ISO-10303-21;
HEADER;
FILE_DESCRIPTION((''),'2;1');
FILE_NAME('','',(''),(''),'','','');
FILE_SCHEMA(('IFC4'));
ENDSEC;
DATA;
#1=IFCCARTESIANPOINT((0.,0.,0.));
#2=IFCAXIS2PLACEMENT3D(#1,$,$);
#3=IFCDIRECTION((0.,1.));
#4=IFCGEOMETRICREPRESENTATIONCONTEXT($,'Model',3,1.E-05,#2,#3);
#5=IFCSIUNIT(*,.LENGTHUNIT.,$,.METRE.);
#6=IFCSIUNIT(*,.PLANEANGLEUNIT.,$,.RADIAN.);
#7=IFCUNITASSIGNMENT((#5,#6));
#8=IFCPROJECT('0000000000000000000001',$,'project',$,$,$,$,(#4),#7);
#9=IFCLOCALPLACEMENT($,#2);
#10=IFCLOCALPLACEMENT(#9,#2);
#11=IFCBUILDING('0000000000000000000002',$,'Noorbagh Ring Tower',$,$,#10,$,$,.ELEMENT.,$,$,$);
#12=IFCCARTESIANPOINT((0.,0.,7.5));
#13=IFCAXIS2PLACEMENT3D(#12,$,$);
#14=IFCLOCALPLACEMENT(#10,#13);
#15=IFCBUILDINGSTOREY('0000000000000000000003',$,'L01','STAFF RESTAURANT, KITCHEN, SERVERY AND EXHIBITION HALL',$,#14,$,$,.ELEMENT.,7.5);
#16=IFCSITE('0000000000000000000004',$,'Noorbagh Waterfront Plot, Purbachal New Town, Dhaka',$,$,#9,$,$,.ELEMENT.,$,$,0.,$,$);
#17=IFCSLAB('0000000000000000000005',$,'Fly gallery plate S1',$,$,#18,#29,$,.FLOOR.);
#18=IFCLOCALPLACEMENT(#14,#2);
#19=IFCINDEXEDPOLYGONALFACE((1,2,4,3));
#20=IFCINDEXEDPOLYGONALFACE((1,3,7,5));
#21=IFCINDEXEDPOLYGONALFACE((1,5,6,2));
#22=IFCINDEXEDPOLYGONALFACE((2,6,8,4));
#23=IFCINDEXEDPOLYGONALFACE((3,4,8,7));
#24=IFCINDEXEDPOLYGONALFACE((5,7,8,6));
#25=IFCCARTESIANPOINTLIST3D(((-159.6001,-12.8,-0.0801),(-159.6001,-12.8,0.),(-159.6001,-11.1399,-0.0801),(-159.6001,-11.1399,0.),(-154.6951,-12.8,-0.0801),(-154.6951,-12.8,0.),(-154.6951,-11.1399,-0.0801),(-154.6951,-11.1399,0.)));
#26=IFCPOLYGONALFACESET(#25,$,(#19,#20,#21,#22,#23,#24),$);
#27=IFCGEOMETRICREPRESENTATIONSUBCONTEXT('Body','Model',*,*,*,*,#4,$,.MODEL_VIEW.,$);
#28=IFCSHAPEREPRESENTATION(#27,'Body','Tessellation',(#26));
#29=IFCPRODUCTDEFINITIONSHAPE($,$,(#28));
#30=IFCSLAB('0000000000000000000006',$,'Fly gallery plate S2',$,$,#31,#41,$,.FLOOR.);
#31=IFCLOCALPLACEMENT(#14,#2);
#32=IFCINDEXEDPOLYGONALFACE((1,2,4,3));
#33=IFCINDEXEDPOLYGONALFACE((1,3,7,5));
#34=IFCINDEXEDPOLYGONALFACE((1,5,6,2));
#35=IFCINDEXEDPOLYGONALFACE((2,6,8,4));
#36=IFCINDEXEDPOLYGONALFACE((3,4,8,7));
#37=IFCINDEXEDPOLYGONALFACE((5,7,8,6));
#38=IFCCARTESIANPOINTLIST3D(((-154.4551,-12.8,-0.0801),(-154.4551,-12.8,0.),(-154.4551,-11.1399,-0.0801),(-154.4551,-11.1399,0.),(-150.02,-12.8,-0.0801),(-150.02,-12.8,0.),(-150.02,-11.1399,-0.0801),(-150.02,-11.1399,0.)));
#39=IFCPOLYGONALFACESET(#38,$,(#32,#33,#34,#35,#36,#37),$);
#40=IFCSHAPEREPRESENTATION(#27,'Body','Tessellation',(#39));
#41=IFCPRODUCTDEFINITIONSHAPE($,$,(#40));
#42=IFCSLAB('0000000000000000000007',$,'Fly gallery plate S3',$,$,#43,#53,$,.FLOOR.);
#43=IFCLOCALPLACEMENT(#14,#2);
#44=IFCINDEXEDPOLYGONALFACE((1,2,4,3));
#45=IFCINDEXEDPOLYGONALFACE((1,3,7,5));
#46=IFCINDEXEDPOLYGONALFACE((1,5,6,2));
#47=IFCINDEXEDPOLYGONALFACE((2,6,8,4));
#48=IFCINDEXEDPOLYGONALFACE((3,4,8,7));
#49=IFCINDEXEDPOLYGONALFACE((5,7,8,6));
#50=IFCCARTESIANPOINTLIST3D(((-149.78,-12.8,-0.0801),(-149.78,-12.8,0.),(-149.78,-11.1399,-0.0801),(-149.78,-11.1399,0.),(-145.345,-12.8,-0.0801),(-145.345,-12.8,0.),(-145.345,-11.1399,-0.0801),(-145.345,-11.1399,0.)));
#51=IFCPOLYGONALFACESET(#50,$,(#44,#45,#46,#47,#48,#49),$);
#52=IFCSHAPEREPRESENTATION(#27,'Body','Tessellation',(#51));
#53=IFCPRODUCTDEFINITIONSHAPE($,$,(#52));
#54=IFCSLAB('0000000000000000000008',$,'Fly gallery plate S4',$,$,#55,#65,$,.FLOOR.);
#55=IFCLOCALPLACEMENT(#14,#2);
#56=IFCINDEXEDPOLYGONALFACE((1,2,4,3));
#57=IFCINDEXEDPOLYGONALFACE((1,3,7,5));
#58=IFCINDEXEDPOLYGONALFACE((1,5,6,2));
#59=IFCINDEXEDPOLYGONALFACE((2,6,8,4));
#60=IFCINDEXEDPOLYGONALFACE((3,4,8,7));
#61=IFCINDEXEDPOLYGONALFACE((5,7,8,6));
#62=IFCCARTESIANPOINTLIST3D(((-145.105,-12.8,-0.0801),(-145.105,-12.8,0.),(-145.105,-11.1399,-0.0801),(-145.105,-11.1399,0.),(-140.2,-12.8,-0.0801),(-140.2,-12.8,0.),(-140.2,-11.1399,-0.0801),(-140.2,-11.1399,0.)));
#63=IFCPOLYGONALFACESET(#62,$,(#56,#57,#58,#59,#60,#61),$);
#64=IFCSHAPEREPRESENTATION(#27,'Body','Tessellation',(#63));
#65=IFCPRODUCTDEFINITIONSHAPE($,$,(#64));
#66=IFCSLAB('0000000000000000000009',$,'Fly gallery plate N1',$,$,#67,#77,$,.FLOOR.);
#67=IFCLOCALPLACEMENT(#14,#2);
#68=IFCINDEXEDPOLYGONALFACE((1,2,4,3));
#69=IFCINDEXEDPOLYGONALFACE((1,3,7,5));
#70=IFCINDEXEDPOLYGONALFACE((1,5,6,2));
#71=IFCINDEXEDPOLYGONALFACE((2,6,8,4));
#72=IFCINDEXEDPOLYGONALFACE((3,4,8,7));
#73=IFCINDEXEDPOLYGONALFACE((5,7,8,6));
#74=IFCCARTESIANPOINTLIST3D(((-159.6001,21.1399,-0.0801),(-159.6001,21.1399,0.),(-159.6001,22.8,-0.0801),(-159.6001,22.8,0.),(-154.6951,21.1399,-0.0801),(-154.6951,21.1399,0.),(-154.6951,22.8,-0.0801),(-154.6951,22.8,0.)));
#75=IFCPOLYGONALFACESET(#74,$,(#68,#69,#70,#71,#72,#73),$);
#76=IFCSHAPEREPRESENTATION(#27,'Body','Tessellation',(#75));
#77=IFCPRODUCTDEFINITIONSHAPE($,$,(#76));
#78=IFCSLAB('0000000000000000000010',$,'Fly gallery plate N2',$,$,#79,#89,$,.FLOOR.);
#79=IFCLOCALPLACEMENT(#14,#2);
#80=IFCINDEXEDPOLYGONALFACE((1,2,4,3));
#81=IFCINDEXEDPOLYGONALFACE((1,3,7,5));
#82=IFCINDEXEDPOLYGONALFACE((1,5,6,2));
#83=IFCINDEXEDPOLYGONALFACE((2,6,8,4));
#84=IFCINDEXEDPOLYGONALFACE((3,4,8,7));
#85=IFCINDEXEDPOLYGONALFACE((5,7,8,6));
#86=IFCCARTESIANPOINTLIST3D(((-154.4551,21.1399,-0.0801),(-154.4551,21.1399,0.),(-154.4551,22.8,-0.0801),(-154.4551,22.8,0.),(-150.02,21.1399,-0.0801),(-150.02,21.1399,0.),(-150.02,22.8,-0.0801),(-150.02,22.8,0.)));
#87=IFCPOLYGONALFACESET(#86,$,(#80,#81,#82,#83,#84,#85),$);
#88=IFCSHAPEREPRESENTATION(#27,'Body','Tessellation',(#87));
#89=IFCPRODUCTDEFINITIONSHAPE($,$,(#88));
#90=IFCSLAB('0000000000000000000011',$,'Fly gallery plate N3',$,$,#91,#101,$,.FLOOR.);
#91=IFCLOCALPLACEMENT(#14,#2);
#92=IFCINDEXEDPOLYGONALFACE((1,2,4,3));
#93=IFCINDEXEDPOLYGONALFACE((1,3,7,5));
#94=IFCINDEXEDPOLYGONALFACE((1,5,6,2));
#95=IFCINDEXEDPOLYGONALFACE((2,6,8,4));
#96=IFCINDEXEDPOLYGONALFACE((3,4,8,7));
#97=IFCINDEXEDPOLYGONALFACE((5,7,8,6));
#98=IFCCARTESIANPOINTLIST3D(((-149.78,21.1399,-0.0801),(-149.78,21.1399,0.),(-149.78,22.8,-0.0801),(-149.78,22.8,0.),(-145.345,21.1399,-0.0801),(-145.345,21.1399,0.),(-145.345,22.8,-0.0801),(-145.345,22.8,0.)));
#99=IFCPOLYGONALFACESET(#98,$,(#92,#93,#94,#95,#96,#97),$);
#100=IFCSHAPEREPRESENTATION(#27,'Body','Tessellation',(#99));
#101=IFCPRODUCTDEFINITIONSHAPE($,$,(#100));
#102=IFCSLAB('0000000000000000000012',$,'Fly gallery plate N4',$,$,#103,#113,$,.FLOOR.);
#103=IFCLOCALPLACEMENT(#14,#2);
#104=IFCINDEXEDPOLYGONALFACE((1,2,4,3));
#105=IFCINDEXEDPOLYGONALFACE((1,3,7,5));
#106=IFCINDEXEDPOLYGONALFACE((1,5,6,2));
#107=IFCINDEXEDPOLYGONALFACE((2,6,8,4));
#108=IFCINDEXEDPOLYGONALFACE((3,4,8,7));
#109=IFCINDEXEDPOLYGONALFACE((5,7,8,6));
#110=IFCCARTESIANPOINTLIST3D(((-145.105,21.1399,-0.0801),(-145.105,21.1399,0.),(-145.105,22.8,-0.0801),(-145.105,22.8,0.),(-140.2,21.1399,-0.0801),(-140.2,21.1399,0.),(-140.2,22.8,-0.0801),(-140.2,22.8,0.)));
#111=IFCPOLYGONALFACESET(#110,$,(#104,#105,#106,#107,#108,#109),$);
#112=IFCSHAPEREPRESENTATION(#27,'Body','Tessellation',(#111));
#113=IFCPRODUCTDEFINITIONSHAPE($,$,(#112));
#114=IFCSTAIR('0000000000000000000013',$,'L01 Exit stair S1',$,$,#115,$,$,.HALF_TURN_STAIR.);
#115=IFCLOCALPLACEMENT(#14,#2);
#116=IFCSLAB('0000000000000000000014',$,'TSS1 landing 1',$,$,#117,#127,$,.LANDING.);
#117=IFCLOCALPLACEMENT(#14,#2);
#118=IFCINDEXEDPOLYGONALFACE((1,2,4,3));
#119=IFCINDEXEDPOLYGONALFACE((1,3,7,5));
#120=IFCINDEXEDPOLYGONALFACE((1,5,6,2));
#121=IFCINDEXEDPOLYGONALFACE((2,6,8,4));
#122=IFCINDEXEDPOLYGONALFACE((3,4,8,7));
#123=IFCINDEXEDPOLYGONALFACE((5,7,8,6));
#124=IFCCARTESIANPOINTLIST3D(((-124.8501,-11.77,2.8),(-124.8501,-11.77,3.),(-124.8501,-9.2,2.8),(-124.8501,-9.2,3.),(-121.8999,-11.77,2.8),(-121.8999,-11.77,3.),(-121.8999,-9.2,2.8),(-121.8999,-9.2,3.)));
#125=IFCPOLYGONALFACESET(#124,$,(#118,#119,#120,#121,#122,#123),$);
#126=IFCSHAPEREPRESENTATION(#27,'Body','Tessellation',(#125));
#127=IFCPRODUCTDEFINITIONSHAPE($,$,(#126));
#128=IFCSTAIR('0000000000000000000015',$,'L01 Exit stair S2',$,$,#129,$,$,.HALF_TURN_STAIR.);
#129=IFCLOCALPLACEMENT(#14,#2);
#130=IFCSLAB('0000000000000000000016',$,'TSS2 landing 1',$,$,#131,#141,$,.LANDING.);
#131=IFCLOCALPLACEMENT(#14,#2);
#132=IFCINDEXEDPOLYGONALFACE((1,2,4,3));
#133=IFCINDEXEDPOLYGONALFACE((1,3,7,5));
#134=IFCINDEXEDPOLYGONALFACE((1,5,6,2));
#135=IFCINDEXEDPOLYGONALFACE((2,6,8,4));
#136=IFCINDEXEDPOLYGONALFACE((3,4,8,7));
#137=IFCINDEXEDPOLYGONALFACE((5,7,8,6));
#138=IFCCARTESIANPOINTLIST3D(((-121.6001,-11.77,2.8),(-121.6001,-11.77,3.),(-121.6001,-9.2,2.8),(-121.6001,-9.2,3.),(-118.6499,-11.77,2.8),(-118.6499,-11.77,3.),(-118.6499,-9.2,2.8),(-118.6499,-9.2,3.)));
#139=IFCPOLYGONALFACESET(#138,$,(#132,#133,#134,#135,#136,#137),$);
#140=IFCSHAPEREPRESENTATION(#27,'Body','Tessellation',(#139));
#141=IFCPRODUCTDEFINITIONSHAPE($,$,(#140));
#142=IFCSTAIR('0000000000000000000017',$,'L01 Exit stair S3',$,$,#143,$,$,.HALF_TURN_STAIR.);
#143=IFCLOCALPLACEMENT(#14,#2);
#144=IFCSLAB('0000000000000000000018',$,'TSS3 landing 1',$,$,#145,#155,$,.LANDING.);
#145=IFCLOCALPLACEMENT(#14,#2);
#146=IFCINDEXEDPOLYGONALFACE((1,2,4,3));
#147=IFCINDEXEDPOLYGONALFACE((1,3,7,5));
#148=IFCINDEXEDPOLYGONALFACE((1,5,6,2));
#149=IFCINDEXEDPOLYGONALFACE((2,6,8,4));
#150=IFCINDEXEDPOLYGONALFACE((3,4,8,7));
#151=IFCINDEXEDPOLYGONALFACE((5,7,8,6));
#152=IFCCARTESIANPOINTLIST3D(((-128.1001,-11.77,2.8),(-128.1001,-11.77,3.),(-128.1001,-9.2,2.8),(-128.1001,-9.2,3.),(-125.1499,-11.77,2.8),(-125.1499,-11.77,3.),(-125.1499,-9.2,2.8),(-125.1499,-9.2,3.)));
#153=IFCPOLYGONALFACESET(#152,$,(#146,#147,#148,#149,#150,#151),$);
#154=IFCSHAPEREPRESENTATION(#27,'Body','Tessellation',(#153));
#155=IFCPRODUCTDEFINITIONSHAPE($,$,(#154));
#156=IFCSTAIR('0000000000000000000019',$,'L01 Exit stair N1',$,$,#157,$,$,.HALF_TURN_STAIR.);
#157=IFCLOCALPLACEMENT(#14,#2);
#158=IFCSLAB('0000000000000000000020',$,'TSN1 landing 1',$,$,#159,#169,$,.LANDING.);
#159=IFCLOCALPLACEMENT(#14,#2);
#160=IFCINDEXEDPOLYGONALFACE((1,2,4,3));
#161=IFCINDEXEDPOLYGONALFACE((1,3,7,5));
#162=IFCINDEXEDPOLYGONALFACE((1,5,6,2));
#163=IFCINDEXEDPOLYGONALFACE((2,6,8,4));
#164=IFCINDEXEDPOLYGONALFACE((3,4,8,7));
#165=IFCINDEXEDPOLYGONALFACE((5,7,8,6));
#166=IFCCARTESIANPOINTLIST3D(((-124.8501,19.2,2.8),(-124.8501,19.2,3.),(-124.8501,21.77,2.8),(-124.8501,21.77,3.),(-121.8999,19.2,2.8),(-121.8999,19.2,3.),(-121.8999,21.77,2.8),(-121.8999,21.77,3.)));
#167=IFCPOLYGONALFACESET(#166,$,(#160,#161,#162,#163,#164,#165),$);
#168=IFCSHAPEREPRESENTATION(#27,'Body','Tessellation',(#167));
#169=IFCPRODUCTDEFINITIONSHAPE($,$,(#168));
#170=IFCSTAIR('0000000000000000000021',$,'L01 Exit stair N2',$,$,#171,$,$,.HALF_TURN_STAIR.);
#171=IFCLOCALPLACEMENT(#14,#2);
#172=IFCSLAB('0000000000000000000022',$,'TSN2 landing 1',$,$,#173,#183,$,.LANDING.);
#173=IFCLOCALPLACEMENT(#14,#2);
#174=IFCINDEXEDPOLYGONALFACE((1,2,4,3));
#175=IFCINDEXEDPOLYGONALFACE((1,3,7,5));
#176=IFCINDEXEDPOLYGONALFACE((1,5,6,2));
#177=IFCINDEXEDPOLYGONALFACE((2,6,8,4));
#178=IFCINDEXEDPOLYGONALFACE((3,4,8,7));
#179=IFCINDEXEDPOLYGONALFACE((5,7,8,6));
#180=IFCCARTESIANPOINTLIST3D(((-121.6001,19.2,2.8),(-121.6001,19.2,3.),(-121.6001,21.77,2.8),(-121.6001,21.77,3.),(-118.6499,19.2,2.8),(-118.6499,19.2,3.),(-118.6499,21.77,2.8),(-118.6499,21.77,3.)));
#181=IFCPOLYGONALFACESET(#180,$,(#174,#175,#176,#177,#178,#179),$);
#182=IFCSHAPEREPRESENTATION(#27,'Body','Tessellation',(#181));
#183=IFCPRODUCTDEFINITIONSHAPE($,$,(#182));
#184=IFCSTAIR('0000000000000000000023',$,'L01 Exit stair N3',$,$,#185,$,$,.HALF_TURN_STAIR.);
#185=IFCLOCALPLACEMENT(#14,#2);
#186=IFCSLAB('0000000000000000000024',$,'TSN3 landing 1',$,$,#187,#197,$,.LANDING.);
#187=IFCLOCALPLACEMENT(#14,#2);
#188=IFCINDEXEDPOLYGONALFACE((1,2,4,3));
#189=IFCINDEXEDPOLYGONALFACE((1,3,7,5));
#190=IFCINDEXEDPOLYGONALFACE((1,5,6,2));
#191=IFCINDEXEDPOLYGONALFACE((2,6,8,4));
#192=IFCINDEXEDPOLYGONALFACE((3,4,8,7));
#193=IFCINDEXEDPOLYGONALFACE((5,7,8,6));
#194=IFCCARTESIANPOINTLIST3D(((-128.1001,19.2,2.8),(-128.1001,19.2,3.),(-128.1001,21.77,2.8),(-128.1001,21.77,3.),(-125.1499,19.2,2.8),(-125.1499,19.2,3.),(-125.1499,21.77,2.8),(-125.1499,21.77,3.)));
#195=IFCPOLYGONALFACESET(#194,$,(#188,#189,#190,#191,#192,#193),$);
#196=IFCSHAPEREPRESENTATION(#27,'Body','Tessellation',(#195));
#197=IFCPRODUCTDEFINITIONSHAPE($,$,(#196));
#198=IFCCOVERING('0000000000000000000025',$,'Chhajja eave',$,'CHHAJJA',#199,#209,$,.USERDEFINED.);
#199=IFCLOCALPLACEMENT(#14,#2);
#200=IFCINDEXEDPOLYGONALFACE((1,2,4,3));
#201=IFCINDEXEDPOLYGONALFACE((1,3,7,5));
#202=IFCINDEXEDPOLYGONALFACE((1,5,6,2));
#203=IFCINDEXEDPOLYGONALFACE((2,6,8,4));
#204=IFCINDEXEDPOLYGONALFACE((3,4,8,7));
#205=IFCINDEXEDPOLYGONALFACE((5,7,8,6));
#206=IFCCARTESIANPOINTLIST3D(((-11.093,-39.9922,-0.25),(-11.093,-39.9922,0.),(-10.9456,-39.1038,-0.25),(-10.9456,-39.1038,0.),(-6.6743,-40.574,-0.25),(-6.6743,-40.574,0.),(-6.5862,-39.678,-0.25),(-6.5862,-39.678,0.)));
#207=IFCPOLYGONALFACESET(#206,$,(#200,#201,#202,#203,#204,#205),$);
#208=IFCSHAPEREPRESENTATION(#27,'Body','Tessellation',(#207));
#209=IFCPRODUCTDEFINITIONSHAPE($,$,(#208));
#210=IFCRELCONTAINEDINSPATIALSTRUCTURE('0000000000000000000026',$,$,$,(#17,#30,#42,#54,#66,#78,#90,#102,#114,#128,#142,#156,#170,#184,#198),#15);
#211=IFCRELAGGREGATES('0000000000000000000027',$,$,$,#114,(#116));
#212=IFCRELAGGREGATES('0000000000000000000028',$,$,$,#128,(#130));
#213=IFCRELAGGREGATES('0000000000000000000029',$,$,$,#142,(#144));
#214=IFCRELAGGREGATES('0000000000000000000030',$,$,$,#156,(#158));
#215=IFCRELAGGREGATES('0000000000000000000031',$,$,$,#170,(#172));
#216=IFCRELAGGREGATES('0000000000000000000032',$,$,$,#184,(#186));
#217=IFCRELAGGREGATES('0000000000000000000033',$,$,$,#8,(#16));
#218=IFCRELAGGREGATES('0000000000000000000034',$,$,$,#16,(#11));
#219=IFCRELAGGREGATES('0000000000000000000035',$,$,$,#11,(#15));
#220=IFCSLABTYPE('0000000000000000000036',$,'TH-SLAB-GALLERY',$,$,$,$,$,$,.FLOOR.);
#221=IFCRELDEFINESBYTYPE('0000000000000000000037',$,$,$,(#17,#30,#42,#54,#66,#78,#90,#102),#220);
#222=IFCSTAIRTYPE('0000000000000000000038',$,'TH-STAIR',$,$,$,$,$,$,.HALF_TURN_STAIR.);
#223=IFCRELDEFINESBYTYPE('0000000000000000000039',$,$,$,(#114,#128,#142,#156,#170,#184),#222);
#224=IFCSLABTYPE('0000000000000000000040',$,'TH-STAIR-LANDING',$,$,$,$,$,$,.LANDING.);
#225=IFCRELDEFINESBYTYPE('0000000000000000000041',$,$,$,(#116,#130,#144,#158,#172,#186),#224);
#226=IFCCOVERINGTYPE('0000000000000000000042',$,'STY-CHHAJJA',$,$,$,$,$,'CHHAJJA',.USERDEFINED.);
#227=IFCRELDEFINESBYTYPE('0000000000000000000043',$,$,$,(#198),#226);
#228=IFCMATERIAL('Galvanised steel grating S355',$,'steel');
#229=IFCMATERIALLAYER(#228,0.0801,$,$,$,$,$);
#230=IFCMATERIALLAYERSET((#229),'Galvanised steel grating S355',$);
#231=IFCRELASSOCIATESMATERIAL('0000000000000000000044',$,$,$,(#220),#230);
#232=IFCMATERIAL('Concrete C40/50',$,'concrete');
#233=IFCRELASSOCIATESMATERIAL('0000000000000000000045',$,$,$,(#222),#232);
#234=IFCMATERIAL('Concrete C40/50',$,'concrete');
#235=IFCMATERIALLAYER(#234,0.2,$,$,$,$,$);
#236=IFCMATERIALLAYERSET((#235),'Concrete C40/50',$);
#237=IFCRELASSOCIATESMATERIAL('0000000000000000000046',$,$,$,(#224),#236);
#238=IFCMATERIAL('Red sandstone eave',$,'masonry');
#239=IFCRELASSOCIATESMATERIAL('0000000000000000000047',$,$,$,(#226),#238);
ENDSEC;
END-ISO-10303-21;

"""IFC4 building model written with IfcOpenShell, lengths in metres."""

from ifc_helpers import new_model, si_unit, direction, frame, origin, place, context, subcontext, project, spatial, polyline, outline, extrude, material, layer, layer_set, type_object, element, aggregate, save


model = new_model("IFC4")

# Units and contexts
model_context = context("Model", 3, precision=1e-05, world=origin(), true_north=direction((0.0, 1.0)))
body_context = subcontext(model_context, "Body", "Model", "MODEL_VIEW")
ifc_project = project(units=[si_unit("LENGTHUNIT", "METRE"), si_unit("PLANEANGLEUNIT", "RADIAN")], contexts=[model_context])

# Site, building, storey
site_placement = place(None, origin())
site = spatial("IfcSite", under=ifc_project, at=site_placement, Name="Noorbagh Waterfront Plot, Purbachal New Town, Dhaka", CompositionType="ELEMENT", RefElevation=0.0)
building_placement = place(site_placement, origin())
building = spatial("IfcBuilding", under=site, at=building_placement, Name="Noorbagh Ring Tower", CompositionType="ELEMENT")
storey_placement = place(building_placement, frame((0.0, 0.0, 7.5)))
storey = spatial("IfcBuildingStorey", under=building, at=storey_placement, Name="L01", Description="STAFF RESTAURANT, KITCHEN, SERVERY AND EXHIBITION HALL", CompositionType="ELEMENT", Elevation=7.5)

# Slabs
ifc_material_1 = material(Name="Galvanised steel grating S355", Category="steel")
ifc_layer_1 = layer(ifc_material_1, 0.0801)
ifc_layer_set_1 = layer_set([ifc_layer_1], Name="Galvanised steel grating S355")
slab_type_1 = type_object("IfcSlabType", Name="TH-SLAB-GALLERY", PredefinedType="FLOOR", material=ifc_layer_set_1)
slab_1_placement = place(storey_placement, frame((0.0, 0.0, -0.0801)))
element("IfcSlab", 1, at=slab_1_placement, inside=storey, type_object=slab_type_1, Name="Fly gallery plate S1", PredefinedType="FLOOR", context=body_context, shape_type="SweptSolid", body=[
    extrude(outline(polyline([(-159.6001, -12.8), (-154.6951, -12.8), (-154.6951, -11.1399), (-159.6001, -11.1399), (-159.6001, -12.8)])), origin(), (0.0, 0.0, 1.0), 0.0801),
])
slab_2_placement = place(storey_placement, frame((0.0, 0.0, -0.0801)))
element("IfcSlab", 2, at=slab_2_placement, inside=storey, type_object=slab_type_1, Name="Fly gallery plate S2", PredefinedType="FLOOR", context=body_context, shape_type="SweptSolid", body=[
    extrude(outline(polyline([(-154.4551, -12.8), (-150.02, -12.8), (-150.02, -11.1399), (-154.4551, -11.1399), (-154.4551, -12.8)])), origin(), (0.0, 0.0, 1.0), 0.0801),
])
slab_3_placement = place(storey_placement, frame((0.0, 0.0, -0.0801)))
element("IfcSlab", 3, at=slab_3_placement, inside=storey, type_object=slab_type_1, Name="Fly gallery plate S3", PredefinedType="FLOOR", context=body_context, shape_type="SweptSolid", body=[
    extrude(outline(polyline([(-149.78, -12.8), (-145.345, -12.8), (-145.345, -11.1399), (-149.78, -11.1399), (-149.78, -12.8)])), origin(), (0.0, 0.0, 1.0), 0.0801),
])
slab_4_placement = place(storey_placement, frame((0.0, 0.0, -0.0801)))
element("IfcSlab", 4, at=slab_4_placement, inside=storey, type_object=slab_type_1, Name="Fly gallery plate S4", PredefinedType="FLOOR", context=body_context, shape_type="SweptSolid", body=[
    extrude(outline(polyline([(-145.105, -12.8), (-140.2, -12.8), (-140.2, -11.1399), (-145.105, -11.1399), (-145.105, -12.8)])), origin(), (0.0, 0.0, 1.0), 0.0801),
])
slab_5_placement = place(storey_placement, frame((0.0, 0.0, -0.0801)))
element("IfcSlab", 5, at=slab_5_placement, inside=storey, type_object=slab_type_1, Name="Fly gallery plate N1", PredefinedType="FLOOR", context=body_context, shape_type="SweptSolid", body=[
    extrude(outline(polyline([(-159.6001, 21.1399), (-154.6951, 21.1399), (-154.6951, 22.8), (-159.6001, 22.8), (-159.6001, 21.1399)])), origin(), (0.0, 0.0, 1.0), 0.0801),
])
slab_6_placement = place(storey_placement, frame((0.0, 0.0, -0.0801)))
element("IfcSlab", 6, at=slab_6_placement, inside=storey, type_object=slab_type_1, Name="Fly gallery plate N2", PredefinedType="FLOOR", context=body_context, shape_type="SweptSolid", body=[
    extrude(outline(polyline([(-154.4551, 21.1399), (-150.02, 21.1399), (-150.02, 22.8), (-154.4551, 22.8), (-154.4551, 21.1399)])), origin(), (0.0, 0.0, 1.0), 0.0801),
])
slab_7_placement = place(storey_placement, frame((0.0, 0.0, -0.0801)))
element("IfcSlab", 7, at=slab_7_placement, inside=storey, type_object=slab_type_1, Name="Fly gallery plate N3", PredefinedType="FLOOR", context=body_context, shape_type="SweptSolid", body=[
    extrude(outline(polyline([(-149.78, 21.1399), (-145.345, 21.1399), (-145.345, 22.8), (-149.78, 22.8), (-149.78, 21.1399)])), origin(), (0.0, 0.0, 1.0), 0.0801),
])
slab_8_placement = place(storey_placement, frame((0.0, 0.0, -0.0801)))
element("IfcSlab", 8, at=slab_8_placement, inside=storey, type_object=slab_type_1, Name="Fly gallery plate N4", PredefinedType="FLOOR", context=body_context, shape_type="SweptSolid", body=[
    extrude(outline(polyline([(-145.105, 21.1399), (-140.2, 21.1399), (-140.2, 22.8), (-145.105, 22.8), (-145.105, 21.1399)])), origin(), (0.0, 0.0, 1.0), 0.0801),
])

# Stairs, slabs
ifc_material_2 = material(Name="Concrete C40/50", Category="concrete")
stair_type = type_object("IfcStairType", Name="TH-STAIR", PredefinedType="HALF_TURN_STAIR", material=ifc_material_2)
stair_1_placement = place(storey_placement, origin())
stair_1 = element("IfcStair", 9, at=stair_1_placement, inside=storey, type_object=stair_type, Name="L01 Exit stair S1", PredefinedType="HALF_TURN_STAIR")
ifc_material_3 = material(Name="Concrete C40/50", Category="concrete")
ifc_layer_2 = layer(ifc_material_3, 0.2)
ifc_layer_set_2 = layer_set([ifc_layer_2], Name="Concrete C40/50")
slab_type_2 = type_object("IfcSlabType", Name="TH-STAIR-LANDING", PredefinedType="LANDING", material=ifc_layer_set_2)
slab_9_placement = place(storey_placement, frame((0.0, 0.0, 2.8)))
slab_9 = element("IfcSlab", 10, at=slab_9_placement, type_object=slab_type_2, Name="TSS1 landing 1", PredefinedType="LANDING", context=body_context, shape_type="SweptSolid", body=[
    extrude(outline(polyline([(-121.8999, -11.77), (-121.8999, -9.2), (-124.8501, -9.2), (-124.8501, -11.77), (-121.8999, -11.77)])), origin(), (0.0, 0.0, 1.0), 0.2),
])
aggregate(stair_1, [slab_9])
stair_2_placement = place(storey_placement, origin())
stair_2 = element("IfcStair", 11, at=stair_2_placement, inside=storey, type_object=stair_type, Name="L01 Exit stair S2", PredefinedType="HALF_TURN_STAIR")
slab_10_placement = place(storey_placement, frame((0.0, 0.0, 2.8)))
slab_10 = element("IfcSlab", 12, at=slab_10_placement, type_object=slab_type_2, Name="TSS2 landing 1", PredefinedType="LANDING", context=body_context, shape_type="SweptSolid", body=[
    extrude(outline(polyline([(-118.6499, -11.77), (-118.6499, -9.2), (-121.6001, -9.2), (-121.6001, -11.77), (-118.6499, -11.77)])), origin(), (0.0, 0.0, 1.0), 0.2),
])
aggregate(stair_2, [slab_10])
stair_3_placement = place(storey_placement, origin())
stair_3 = element("IfcStair", 13, at=stair_3_placement, inside=storey, type_object=stair_type, Name="L01 Exit stair S3", PredefinedType="HALF_TURN_STAIR")
slab_11_placement = place(storey_placement, frame((0.0, 0.0, 2.8)))
slab_11 = element("IfcSlab", 14, at=slab_11_placement, type_object=slab_type_2, Name="TSS3 landing 1", PredefinedType="LANDING", context=body_context, shape_type="SweptSolid", body=[
    extrude(outline(polyline([(-125.1499, -11.77), (-125.1499, -9.2), (-128.1001, -9.2), (-128.1001, -11.77), (-125.1499, -11.77)])), origin(), (0.0, 0.0, 1.0), 0.2),
])
aggregate(stair_3, [slab_11])
stair_4_placement = place(storey_placement, origin())
stair_4 = element("IfcStair", 15, at=stair_4_placement, inside=storey, type_object=stair_type, Name="L01 Exit stair N1", PredefinedType="HALF_TURN_STAIR")
slab_12_placement = place(storey_placement, frame((0.0, 0.0, 2.8)))
slab_12 = element("IfcSlab", 16, at=slab_12_placement, type_object=slab_type_2, Name="TSN1 landing 1", PredefinedType="LANDING", context=body_context, shape_type="SweptSolid", body=[
    extrude(outline(polyline([(-124.8501, 21.77), (-124.8501, 19.2), (-121.8999, 19.2), (-121.8999, 21.77), (-124.8501, 21.77)])), origin(), (0.0, 0.0, 1.0), 0.2),
])
aggregate(stair_4, [slab_12])
stair_5_placement = place(storey_placement, origin())
stair_5 = element("IfcStair", 17, at=stair_5_placement, inside=storey, type_object=stair_type, Name="L01 Exit stair N2", PredefinedType="HALF_TURN_STAIR")
slab_13_placement = place(storey_placement, frame((0.0, 0.0, 2.8)))
slab_13 = element("IfcSlab", 18, at=slab_13_placement, type_object=slab_type_2, Name="TSN2 landing 1", PredefinedType="LANDING", context=body_context, shape_type="SweptSolid", body=[
    extrude(outline(polyline([(-121.6001, 21.77), (-121.6001, 19.2), (-118.6499, 19.2), (-118.6499, 21.77), (-121.6001, 21.77)])), origin(), (0.0, 0.0, 1.0), 0.2),
])
aggregate(stair_5, [slab_13])
stair_6_placement = place(storey_placement, origin())
stair_6 = element("IfcStair", 19, at=stair_6_placement, inside=storey, type_object=stair_type, Name="L01 Exit stair N3", PredefinedType="HALF_TURN_STAIR")
slab_14_placement = place(storey_placement, frame((0.0, 0.0, 2.8)))
slab_14 = element("IfcSlab", 20, at=slab_14_placement, type_object=slab_type_2, Name="TSN3 landing 1", PredefinedType="LANDING", context=body_context, shape_type="SweptSolid", body=[
    extrude(outline(polyline([(-128.1001, 21.77), (-128.1001, 19.2), (-125.1499, 19.2), (-125.1499, 21.77), (-128.1001, 21.77)])), origin(), (0.0, 0.0, 1.0), 0.2),
])
aggregate(stair_6, [slab_14])

# Covering
ifc_material_4 = material(Name="Red sandstone eave", Category="masonry")
covering_type = type_object("IfcCoveringType", Name="STY-CHHAJJA", ElementType="CHHAJJA", PredefinedType="USERDEFINED", material=ifc_material_4)
covering_1_placement = place(storey_placement, frame((0.0, 0.0, -0.25)))
element("IfcCovering", 21, at=covering_1_placement, inside=storey, type_object=covering_type, Name="Chhajja eave", ObjectType="CHHAJJA", PredefinedType="USERDEFINED", context=body_context, shape_type="SweptSolid", body=[
    extrude(outline(polyline([(-10.9456, -39.1038), (-6.5862, -39.678), (-6.6743, -40.574), (-11.093, -39.9922), (-10.9456, -39.1038)])), origin(), (0.0, 0.0, 1.0), 0.25),
])

save(model, "model.ifc")
